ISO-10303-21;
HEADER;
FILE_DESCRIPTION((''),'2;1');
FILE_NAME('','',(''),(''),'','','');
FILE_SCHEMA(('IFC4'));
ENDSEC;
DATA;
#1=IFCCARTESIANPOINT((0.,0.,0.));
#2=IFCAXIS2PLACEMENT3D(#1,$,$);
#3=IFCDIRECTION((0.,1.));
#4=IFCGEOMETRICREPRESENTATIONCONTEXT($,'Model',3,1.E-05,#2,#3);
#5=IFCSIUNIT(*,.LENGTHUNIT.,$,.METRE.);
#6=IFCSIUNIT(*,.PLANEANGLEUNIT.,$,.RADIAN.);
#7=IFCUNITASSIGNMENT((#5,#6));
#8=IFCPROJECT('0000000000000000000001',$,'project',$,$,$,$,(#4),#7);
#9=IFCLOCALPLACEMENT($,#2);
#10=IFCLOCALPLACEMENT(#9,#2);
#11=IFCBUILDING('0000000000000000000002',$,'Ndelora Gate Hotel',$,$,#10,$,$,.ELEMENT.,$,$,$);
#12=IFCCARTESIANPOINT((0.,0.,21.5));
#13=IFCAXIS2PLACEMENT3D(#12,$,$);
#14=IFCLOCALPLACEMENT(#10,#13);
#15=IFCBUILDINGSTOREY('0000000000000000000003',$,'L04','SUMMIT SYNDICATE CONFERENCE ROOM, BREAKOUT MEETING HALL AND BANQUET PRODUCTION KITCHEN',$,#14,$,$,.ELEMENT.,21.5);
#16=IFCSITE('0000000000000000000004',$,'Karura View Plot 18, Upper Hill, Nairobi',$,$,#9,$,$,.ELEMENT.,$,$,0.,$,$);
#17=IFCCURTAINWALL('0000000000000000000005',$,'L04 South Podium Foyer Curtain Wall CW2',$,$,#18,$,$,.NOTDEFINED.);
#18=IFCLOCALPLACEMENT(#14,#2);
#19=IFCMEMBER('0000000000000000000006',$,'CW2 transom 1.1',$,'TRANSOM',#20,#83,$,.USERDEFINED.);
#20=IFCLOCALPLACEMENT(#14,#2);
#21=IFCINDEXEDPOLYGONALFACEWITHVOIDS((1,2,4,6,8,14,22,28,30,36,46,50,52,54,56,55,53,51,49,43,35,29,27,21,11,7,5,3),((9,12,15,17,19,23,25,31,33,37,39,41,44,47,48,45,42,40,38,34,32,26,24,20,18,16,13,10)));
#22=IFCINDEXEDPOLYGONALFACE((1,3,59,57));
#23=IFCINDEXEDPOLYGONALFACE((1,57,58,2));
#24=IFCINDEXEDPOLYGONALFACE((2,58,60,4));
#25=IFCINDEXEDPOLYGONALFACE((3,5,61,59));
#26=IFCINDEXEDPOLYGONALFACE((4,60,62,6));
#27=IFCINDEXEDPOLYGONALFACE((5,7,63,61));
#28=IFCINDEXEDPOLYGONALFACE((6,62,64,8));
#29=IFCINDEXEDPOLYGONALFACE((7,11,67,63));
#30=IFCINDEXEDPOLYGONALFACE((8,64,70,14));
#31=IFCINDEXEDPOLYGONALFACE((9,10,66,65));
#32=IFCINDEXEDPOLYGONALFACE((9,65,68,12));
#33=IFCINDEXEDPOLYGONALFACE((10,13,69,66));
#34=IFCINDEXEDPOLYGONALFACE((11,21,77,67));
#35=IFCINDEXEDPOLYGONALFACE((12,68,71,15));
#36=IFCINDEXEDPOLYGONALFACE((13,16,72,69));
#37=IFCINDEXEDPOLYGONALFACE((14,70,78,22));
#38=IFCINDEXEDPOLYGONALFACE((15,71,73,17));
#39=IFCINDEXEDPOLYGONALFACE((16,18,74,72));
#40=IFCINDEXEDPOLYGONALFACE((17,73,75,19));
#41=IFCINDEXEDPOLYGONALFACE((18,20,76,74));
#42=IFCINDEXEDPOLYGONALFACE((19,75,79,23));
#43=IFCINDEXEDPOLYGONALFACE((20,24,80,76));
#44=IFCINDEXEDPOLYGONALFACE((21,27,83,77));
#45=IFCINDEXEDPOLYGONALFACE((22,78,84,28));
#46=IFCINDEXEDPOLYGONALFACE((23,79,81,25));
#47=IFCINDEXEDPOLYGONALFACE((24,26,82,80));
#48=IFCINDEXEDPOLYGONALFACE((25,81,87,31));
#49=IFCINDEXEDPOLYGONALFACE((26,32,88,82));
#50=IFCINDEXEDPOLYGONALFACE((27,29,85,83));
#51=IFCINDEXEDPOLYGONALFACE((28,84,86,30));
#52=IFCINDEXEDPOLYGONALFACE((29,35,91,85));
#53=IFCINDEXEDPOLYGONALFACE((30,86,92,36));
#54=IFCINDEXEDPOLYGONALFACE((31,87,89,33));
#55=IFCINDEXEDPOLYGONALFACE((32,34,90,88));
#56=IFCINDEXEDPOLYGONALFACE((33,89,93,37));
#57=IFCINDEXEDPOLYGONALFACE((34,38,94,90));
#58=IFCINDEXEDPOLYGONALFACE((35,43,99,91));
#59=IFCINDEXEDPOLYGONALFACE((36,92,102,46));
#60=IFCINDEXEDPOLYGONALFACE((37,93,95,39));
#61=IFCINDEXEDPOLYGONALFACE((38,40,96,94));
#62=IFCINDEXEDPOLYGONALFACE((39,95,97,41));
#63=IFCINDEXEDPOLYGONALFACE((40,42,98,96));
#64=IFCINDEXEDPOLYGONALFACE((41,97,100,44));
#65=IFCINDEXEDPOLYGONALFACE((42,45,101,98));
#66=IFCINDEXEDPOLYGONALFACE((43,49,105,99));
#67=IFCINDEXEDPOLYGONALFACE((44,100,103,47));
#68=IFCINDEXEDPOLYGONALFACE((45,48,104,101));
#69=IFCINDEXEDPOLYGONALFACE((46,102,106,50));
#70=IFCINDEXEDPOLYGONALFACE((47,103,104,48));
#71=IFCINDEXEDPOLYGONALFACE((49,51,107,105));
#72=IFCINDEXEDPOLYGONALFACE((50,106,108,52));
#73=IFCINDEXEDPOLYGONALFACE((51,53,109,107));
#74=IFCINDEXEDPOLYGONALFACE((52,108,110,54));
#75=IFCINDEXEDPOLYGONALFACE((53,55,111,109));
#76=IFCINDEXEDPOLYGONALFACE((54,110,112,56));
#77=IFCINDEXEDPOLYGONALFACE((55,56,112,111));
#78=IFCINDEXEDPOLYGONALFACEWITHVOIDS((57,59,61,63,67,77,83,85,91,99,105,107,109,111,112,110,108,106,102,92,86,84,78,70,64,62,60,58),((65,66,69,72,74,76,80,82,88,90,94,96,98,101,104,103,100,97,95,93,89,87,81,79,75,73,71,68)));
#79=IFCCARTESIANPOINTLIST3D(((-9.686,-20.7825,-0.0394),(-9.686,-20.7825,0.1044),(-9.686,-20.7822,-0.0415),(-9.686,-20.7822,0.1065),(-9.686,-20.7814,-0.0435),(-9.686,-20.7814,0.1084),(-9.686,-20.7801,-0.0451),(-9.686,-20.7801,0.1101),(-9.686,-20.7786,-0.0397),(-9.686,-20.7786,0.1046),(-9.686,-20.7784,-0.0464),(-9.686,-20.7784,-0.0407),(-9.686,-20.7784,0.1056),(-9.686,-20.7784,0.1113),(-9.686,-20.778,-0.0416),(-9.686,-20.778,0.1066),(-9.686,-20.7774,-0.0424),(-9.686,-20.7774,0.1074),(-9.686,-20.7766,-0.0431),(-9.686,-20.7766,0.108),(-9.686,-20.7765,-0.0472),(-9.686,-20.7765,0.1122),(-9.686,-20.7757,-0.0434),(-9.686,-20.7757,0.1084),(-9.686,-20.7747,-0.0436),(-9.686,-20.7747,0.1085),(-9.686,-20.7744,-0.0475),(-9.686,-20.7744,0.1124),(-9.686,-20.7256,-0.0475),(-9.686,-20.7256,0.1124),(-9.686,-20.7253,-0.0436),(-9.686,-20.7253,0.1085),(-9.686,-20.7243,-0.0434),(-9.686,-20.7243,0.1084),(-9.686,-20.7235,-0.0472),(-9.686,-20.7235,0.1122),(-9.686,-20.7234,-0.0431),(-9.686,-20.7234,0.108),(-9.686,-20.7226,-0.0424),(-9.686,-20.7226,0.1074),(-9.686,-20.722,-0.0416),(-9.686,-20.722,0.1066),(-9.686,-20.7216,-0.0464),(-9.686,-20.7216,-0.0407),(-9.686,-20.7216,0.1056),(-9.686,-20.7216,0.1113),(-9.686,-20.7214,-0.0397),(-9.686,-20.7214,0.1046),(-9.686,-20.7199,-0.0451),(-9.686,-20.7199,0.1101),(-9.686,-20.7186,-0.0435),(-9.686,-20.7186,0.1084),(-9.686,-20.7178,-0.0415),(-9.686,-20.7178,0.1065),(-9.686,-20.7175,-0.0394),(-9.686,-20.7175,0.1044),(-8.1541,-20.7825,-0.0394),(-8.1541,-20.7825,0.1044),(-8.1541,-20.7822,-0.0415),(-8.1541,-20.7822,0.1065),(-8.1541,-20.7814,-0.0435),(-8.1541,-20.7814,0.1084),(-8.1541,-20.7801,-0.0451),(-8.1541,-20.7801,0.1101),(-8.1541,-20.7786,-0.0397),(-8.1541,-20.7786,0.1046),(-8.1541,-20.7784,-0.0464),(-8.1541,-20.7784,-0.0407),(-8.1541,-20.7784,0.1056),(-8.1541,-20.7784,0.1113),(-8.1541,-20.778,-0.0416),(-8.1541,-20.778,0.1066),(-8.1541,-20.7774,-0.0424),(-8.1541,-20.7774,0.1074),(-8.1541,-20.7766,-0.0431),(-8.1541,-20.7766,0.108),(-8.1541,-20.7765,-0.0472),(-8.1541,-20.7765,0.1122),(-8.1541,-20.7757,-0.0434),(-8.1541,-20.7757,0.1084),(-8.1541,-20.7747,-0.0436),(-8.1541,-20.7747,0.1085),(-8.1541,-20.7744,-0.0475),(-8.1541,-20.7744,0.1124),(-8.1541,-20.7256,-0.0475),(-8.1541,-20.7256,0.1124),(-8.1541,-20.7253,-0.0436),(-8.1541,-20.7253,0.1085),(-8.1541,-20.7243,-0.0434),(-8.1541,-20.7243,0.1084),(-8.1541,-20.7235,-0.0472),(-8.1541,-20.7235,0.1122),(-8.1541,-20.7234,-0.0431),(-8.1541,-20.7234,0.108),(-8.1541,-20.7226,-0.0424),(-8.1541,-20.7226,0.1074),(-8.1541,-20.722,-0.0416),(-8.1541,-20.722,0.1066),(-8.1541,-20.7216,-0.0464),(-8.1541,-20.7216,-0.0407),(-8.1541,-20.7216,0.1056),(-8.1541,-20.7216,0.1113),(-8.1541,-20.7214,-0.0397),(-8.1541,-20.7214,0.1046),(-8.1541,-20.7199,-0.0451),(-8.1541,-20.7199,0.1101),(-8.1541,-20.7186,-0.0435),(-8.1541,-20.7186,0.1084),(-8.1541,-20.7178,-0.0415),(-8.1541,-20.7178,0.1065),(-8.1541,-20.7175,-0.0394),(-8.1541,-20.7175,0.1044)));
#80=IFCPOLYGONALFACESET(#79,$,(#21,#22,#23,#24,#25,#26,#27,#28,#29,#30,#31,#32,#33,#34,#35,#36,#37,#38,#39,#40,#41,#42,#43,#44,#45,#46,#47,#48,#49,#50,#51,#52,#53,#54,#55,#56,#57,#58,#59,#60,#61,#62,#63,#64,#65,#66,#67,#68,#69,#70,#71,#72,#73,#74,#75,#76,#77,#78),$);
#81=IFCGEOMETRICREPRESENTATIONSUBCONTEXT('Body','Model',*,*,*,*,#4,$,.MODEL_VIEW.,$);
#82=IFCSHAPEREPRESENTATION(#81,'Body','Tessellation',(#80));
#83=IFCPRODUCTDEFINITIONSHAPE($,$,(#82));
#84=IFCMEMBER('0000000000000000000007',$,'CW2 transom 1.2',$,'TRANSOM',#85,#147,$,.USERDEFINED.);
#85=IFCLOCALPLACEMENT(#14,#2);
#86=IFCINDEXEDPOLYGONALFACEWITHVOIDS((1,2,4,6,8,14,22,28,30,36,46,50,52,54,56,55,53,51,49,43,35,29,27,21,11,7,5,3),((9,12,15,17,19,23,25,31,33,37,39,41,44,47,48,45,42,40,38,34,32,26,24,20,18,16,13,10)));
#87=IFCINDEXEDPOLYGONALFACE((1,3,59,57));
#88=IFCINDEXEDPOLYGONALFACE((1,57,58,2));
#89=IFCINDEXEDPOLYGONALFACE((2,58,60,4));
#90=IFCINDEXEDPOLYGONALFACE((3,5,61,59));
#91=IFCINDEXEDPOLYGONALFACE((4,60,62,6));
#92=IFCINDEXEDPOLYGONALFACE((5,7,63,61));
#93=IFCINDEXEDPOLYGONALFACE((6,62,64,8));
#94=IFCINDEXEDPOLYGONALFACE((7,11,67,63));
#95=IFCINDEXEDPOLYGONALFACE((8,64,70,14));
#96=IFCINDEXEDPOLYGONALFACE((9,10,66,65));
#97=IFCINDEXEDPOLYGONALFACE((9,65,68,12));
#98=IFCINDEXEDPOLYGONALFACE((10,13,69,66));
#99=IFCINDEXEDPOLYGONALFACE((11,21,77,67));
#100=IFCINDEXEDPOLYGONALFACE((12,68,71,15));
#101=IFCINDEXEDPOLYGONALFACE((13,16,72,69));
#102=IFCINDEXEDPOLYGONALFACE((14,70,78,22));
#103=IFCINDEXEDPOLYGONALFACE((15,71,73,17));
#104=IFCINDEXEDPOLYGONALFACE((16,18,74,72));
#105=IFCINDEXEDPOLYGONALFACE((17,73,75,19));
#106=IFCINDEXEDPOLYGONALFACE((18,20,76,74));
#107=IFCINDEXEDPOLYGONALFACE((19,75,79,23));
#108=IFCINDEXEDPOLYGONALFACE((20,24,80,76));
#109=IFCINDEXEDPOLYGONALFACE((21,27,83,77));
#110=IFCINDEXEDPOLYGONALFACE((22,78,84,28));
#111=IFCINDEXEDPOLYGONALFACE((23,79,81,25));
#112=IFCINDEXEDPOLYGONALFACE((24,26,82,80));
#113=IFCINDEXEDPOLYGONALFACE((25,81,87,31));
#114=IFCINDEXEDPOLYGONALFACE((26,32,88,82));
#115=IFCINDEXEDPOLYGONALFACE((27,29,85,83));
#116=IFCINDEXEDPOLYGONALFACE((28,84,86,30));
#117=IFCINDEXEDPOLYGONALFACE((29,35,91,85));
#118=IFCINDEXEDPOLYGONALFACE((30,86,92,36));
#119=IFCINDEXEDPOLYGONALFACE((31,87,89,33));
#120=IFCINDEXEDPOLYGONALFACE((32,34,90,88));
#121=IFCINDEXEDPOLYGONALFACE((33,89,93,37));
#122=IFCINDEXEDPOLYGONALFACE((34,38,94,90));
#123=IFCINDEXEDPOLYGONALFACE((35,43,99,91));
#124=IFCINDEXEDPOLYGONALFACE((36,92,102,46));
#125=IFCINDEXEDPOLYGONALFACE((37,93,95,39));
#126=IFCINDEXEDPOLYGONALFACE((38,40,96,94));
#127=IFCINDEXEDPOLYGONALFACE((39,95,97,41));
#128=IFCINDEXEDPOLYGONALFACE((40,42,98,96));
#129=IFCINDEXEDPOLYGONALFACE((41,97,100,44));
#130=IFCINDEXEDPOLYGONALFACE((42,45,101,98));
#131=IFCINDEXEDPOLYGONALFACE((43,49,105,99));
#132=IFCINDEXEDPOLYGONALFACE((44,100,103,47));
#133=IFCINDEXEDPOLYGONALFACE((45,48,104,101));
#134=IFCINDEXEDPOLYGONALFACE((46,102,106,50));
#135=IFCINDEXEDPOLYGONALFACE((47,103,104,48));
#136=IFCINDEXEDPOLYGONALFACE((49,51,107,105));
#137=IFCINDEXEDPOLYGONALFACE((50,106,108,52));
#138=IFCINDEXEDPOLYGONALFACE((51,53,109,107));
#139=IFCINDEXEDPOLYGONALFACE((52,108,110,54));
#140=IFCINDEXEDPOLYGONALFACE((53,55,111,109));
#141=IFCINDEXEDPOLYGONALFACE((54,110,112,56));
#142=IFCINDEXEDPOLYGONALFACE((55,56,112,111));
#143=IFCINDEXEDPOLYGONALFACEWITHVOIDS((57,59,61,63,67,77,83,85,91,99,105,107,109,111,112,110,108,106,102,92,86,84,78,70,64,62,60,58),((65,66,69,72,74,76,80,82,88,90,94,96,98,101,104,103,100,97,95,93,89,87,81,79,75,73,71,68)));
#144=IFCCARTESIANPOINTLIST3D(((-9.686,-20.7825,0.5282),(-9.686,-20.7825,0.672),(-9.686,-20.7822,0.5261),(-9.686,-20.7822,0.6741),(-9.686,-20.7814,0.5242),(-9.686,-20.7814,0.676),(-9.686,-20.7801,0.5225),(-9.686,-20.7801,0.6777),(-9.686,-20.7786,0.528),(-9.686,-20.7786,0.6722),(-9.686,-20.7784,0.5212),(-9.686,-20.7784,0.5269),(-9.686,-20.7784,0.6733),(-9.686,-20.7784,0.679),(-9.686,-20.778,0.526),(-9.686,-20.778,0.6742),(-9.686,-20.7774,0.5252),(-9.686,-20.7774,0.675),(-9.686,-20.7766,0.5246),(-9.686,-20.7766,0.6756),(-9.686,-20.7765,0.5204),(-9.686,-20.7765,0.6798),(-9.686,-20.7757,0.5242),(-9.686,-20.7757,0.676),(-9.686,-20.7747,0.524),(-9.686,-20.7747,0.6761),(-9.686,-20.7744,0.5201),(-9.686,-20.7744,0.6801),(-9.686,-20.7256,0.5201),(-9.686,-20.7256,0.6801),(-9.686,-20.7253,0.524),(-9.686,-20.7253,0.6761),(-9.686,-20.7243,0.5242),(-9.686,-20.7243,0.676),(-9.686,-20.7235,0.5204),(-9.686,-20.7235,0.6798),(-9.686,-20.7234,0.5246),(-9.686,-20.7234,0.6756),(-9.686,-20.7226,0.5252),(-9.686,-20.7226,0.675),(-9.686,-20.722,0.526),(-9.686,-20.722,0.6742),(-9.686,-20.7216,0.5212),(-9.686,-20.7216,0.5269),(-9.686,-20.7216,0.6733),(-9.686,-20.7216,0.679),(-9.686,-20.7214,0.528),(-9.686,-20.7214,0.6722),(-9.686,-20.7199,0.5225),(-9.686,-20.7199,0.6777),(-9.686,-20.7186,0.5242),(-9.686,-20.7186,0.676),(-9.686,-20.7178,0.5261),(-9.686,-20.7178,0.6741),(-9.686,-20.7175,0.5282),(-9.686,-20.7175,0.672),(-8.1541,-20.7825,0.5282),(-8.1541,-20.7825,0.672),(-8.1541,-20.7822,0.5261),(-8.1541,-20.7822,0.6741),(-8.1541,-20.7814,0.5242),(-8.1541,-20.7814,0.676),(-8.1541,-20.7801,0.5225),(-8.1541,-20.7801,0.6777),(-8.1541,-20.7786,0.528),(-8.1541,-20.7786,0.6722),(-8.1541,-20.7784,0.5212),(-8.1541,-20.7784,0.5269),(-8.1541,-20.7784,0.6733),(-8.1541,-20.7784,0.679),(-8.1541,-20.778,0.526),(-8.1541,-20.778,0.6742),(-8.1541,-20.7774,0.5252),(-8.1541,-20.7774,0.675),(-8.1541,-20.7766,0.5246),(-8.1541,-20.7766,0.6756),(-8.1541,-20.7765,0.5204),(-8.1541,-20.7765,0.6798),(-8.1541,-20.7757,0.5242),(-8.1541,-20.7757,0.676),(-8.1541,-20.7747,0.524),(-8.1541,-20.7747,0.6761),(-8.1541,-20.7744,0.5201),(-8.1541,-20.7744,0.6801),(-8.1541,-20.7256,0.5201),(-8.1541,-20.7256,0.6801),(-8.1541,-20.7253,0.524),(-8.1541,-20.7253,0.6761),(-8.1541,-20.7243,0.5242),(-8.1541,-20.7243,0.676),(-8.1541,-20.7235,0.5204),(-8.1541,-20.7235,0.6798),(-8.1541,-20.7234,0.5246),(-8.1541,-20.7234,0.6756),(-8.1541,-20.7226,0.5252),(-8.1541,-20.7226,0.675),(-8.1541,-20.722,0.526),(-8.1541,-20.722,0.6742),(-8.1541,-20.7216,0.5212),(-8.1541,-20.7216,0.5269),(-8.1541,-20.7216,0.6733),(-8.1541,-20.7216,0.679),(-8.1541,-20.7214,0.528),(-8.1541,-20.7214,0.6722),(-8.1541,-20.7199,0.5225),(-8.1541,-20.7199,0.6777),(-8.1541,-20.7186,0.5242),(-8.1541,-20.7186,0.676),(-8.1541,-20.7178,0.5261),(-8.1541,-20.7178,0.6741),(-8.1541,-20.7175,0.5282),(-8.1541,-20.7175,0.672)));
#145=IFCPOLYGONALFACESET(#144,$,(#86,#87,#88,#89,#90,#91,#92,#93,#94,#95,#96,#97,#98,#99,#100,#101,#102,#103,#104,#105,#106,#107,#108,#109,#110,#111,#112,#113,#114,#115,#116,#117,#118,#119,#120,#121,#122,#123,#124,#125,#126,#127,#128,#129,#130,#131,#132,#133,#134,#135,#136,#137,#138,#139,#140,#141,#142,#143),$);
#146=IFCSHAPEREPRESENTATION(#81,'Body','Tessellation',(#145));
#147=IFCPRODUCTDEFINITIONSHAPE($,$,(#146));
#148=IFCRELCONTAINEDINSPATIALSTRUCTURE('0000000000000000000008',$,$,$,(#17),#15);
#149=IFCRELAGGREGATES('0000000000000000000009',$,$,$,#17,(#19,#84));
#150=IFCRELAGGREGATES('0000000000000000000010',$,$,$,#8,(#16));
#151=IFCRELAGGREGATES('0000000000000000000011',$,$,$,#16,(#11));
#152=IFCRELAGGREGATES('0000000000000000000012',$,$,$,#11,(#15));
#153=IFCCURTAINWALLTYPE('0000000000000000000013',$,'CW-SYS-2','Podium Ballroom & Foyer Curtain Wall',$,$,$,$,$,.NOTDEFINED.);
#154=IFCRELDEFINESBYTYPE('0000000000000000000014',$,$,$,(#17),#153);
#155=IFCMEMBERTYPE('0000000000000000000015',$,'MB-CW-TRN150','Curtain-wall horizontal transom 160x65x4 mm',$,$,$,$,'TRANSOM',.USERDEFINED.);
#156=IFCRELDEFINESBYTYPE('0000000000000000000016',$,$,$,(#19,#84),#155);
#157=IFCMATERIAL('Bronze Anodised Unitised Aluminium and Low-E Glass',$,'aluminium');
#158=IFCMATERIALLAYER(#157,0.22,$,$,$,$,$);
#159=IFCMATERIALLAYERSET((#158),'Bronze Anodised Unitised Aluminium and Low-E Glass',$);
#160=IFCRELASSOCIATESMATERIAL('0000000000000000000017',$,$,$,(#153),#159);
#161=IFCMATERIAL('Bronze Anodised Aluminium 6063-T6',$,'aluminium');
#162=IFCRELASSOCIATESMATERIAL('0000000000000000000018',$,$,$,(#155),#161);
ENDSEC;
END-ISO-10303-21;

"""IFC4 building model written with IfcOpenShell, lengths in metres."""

from ifc_helpers import new_model, si_unit, direction, frame, origin, origin_2d, place, context, subcontext, project, spatial, hollow_rectangle, extrude, material, layer, layer_set, material_profile, profile_set, type_object, element, aggregate, save


model = new_model("IFC4")

# Units and contexts
model_context = context("Model", 3, precision=1e-05, world=origin(), true_north=direction((0.0, 1.0)))
body_context = subcontext(model_context, "Body", "Model", "MODEL_VIEW")
ifc_project = project(units=[si_unit("LENGTHUNIT", "METRE"), si_unit("PLANEANGLEUNIT", "RADIAN")], contexts=[model_context])

# Site, building, storey
site_placement = place(None, origin())
site = spatial("IfcSite", under=ifc_project, at=site_placement, Name="Karura View Plot 18, Upper Hill, Nairobi", CompositionType="ELEMENT", RefElevation=0.0)
building_placement = place(site_placement, origin())
building = spatial("IfcBuilding", under=site, at=building_placement, Name="Ndelora Gate Hotel", CompositionType="ELEMENT")
storey_placement = place(building_placement, frame((0.0, 0.0, 21.5)))
storey = spatial("IfcBuildingStorey", under=building, at=storey_placement, Name="L04", Description="SUMMIT SYNDICATE CONFERENCE ROOM, BREAKOUT MEETING HALL AND BANQUET PRODUCTION KITCHEN", CompositionType="ELEMENT", Elevation=21.5)

# Curtain wall, members
ifc_material_1 = material(Name="Bronze Anodised Unitised Aluminium and Low-E Glass", Category="aluminium")
ifc_layer_1 = layer(ifc_material_1, 0.22)
ifc_layer_set_1 = layer_set([ifc_layer_1], Name="Bronze Anodised Unitised Aluminium and Low-E Glass")
curtain_wall_type = type_object("IfcCurtainWallType", Name="CW-SYS-2", Description="Podium Ballroom & Foyer Curtain Wall", PredefinedType="NOTDEFINED", material=ifc_layer_set_1)
curtain_wall_placement = place(storey_placement, origin())
curtain_wall = element("IfcCurtainWall", 1, at=curtain_wall_placement, inside=storey, type_object=curtain_wall_type, Name="L04 South Podium Foyer Curtain Wall CW2", PredefinedType="NOTDEFINED")
ifc_material_2 = material(Name="Bronze Anodised Aluminium 6063-T6", Category="aluminium")
ifc_material_profile_1 = material_profile(ifc_material_2, hollow_rectangle(XDim=0.0649, YDim=0.1599, WallThickness=0.0039, InnerFilletRadius=0.0039, OuterFilletRadius=0.0081, at=origin_2d()), Name="ALU 160x65x4")
ifc_profile_set_1 = profile_set([ifc_material_profile_1], Name="Bronze Anodised Aluminium 6063-T6")
member_type_1 = type_object("IfcMemberType", Name="MB-CW-TRN150", Description="Curtain-wall horizontal transom 160x65x4 mm", ElementType="TRANSOM", PredefinedType="USERDEFINED", material=ifc_profile_set_1)
member_1_placement = place(storey_placement, frame((-9.686, -20.75, 0.0325), z_axis=(1.0, 0.0, 0.0), x_axis=(0.0, 1.0, 0.0)))
member_1 = element("IfcMember", 2, at=member_1_placement, type_object=member_type_1, Name="CW2 transom 1.1", ObjectType="TRANSOM", PredefinedType="USERDEFINED", context=body_context, shape_type="SweptSolid", body=[
    extrude(hollow_rectangle(XDim=0.0649, YDim=0.1599, WallThickness=0.0039, InnerFilletRadius=0.0039, OuterFilletRadius=0.0081, at=origin_2d()), origin(), (0.0, 0.0, 1.0), 1.532),
])
member_2_placement = place(storey_placement, frame((-9.686, -20.75, 0.6001), z_axis=(1.0, 0.0, 0.0), x_axis=(0.0, 1.0, 0.0)))
member_2 = element("IfcMember", 3, at=member_2_placement, type_object=member_type_1, Name="CW2 transom 1.2", ObjectType="TRANSOM", PredefinedType="USERDEFINED", context=body_context, shape_type="SweptSolid", body=[
    extrude(hollow_rectangle(XDim=0.0649, YDim=0.1599, WallThickness=0.0039, InnerFilletRadius=0.0039, OuterFilletRadius=0.0081, at=origin_2d()), origin(), (0.0, 0.0, 1.0), 1.532),
])
aggregate(curtain_wall, [member_1, member_2])

save(model, "model.ifc")
